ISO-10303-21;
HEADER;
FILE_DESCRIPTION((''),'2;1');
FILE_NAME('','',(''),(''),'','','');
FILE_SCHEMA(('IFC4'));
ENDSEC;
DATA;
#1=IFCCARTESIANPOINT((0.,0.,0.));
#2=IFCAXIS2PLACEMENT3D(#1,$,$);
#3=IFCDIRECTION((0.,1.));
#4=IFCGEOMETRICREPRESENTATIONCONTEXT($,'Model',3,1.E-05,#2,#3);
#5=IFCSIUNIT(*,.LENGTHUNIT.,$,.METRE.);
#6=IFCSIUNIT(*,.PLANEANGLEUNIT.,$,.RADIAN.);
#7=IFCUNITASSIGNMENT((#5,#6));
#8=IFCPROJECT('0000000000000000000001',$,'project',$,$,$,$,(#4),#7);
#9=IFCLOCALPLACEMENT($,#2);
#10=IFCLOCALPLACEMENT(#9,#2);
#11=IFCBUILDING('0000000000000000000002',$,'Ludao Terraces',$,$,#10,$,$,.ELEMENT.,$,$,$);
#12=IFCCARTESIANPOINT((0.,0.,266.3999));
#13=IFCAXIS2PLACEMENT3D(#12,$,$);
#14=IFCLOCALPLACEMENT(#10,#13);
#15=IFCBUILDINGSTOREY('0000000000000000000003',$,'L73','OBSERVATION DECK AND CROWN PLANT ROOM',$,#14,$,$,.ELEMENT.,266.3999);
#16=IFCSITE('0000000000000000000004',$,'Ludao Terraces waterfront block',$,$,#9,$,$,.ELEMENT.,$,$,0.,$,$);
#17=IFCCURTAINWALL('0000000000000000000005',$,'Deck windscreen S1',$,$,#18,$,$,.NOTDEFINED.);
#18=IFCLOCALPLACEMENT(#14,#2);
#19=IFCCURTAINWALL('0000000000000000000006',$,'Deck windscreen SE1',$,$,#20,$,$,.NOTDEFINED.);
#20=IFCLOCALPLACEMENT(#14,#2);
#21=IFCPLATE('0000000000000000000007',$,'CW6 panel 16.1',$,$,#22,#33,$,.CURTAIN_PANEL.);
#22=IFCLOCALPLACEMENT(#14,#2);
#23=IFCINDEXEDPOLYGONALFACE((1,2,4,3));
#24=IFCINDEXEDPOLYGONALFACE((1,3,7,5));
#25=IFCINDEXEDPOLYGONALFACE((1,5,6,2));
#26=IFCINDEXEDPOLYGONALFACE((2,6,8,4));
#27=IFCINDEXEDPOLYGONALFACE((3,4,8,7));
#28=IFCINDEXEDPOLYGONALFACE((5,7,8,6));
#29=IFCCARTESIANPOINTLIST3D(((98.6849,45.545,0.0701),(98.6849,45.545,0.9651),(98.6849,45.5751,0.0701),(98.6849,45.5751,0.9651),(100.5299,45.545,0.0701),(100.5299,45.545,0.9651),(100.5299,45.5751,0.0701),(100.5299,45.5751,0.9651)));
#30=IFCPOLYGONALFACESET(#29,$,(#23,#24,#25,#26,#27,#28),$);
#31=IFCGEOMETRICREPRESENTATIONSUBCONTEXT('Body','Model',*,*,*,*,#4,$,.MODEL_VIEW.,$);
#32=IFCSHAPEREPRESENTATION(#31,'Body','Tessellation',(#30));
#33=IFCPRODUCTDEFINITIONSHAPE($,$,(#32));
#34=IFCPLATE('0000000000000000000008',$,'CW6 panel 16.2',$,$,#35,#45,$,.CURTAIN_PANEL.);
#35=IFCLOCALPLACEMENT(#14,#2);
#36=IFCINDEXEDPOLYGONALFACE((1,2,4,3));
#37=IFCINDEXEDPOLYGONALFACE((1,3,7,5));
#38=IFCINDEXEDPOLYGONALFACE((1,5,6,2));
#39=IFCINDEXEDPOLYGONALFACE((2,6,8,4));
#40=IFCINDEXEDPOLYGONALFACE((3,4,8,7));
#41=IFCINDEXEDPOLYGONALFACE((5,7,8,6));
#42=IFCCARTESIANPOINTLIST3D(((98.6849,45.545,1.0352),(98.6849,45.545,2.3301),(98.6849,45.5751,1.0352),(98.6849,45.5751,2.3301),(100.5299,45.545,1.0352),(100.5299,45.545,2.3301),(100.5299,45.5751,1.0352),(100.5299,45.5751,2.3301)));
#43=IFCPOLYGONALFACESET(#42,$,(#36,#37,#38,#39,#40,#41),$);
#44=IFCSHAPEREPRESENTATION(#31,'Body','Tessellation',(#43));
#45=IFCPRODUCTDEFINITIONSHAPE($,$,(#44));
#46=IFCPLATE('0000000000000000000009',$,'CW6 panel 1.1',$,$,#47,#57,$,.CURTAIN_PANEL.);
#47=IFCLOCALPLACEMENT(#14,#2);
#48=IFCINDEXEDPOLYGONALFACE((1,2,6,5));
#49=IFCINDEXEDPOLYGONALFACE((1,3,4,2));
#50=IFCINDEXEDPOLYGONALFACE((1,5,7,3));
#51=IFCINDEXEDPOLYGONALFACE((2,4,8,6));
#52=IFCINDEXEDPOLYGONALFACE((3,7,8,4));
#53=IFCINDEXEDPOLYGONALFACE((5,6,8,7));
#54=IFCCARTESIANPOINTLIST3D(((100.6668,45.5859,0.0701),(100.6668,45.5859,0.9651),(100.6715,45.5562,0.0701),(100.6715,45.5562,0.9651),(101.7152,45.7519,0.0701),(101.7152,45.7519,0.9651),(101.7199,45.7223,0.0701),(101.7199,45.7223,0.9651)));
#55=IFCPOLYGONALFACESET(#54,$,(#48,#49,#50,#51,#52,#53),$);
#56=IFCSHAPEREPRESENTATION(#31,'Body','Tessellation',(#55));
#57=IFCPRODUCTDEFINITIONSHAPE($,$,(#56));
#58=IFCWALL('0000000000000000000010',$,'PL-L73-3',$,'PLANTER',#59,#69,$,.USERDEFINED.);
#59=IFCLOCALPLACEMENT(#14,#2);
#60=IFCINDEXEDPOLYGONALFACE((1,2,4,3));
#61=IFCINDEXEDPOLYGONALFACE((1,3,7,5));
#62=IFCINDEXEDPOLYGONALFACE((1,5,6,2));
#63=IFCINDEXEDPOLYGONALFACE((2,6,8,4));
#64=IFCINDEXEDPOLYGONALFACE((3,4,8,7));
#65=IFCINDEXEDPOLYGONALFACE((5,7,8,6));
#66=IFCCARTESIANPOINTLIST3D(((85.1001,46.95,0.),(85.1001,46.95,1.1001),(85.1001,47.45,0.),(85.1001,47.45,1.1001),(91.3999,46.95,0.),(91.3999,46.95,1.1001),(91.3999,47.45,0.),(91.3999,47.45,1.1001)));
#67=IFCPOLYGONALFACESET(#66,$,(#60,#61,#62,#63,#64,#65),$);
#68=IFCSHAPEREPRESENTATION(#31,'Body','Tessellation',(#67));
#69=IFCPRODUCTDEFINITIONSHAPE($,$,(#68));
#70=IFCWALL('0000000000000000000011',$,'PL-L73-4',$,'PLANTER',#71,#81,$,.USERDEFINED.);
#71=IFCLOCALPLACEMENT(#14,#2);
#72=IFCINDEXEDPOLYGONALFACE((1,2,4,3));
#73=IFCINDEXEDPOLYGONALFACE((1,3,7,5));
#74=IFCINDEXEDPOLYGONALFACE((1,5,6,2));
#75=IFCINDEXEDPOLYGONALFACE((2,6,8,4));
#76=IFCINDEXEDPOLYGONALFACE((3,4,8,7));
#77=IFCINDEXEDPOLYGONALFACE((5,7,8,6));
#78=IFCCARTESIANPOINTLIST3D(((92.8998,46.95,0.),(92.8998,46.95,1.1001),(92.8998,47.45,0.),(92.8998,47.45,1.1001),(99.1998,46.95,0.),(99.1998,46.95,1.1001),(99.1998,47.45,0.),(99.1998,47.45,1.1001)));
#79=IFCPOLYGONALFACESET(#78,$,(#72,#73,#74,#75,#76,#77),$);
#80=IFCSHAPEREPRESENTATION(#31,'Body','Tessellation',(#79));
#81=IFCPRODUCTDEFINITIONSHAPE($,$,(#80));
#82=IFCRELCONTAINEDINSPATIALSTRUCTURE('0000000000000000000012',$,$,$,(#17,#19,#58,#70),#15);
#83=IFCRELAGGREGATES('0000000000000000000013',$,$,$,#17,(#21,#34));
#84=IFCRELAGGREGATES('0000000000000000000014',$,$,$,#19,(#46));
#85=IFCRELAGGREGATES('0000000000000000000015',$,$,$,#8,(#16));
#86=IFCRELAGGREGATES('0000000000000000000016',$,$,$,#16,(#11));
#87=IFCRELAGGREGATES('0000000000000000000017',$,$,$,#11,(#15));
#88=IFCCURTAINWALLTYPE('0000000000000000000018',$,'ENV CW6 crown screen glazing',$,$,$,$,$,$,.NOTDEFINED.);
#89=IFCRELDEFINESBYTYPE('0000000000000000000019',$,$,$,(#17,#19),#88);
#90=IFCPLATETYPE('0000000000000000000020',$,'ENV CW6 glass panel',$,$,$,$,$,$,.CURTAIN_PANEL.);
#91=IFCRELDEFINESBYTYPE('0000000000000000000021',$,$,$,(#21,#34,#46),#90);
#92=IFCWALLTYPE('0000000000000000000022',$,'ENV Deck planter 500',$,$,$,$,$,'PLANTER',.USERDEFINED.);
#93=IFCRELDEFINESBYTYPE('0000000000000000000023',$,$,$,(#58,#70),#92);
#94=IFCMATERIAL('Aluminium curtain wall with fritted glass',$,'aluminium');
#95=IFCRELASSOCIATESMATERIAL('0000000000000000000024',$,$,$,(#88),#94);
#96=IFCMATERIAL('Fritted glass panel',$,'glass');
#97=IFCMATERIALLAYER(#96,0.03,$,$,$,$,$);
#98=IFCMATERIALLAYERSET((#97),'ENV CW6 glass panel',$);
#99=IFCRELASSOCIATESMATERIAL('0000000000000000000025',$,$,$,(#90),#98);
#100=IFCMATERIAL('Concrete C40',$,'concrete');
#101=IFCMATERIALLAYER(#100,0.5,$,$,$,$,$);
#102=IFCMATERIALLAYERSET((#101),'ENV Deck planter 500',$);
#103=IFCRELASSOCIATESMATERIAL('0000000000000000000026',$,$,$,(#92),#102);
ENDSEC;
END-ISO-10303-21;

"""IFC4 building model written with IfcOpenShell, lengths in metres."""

from ifc_helpers import new_model, si_unit, direction, frame, frame_2d, origin, origin_2d, place, context, subcontext, project, spatial, rectangle, extrude, material, layer, layer_set, type_object, element, aggregate, save


model = new_model("IFC4")

# Units and contexts
model_context = context("Model", 3, precision=1e-05, world=origin(), true_north=direction((0.0, 1.0)))
body_context = subcontext(model_context, "Body", "Model", "MODEL_VIEW")
ifc_project = project(units=[si_unit("LENGTHUNIT", "METRE"), si_unit("PLANEANGLEUNIT", "RADIAN")], contexts=[model_context])

# Site, building, storey
site_placement = place(None, origin())
site = spatial("IfcSite", under=ifc_project, at=site_placement, Name="Ludao Terraces waterfront block", CompositionType="ELEMENT", RefElevation=0.0)
building_placement = place(site_placement, origin())
building = spatial("IfcBuilding", under=site, at=building_placement, Name="Ludao Terraces", CompositionType="ELEMENT")
storey_placement = place(building_placement, frame((0.0, 0.0, 266.3999)))
storey = spatial("IfcBuildingStorey", under=building, at=storey_placement, Name="L73", Description="OBSERVATION DECK AND CROWN PLANT ROOM", CompositionType="ELEMENT", Elevation=266.3999)

# Curtain wall
ifc_material_1 = material(Name="Aluminium curtain wall with fritted glass", Category="aluminium")
curtain_wall_type = type_object("IfcCurtainWallType", Name="ENV CW6 crown screen glazing", PredefinedType="NOTDEFINED", material=ifc_material_1)
curtain_wall_1_placement = place(storey_placement, origin())
curtain_wall_1 = element("IfcCurtainWall", 1, at=curtain_wall_1_placement, inside=storey, type_object=curtain_wall_type, Name="Deck windscreen S1", PredefinedType="NOTDEFINED")

# Curtain wall
curtain_wall_2_placement = place(storey_placement, origin())
curtain_wall_2 = element("IfcCurtainWall", 2, at=curtain_wall_2_placement, inside=storey, type_object=curtain_wall_type, Name="Deck windscreen SE1", PredefinedType="NOTDEFINED")

# Plates
ifc_material_2 = material(Name="Fritted glass panel", Category="glass")
ifc_layer_1 = layer(ifc_material_2, 0.03)
ifc_layer_set_1 = layer_set([ifc_layer_1], Name="ENV CW6 glass panel")
plate_type = type_object("IfcPlateType", Name="ENV CW6 glass panel", PredefinedType="CURTAIN_PANEL", material=ifc_layer_set_1)
plate_1_placement = place(storey_placement, frame((99.6074, 45.5601, 0.0701), z_axis=(0.0, 0.0, 1.0), x_axis=(1.0, 0.0, 0.0)))
plate_1 = element("IfcPlate", 3, at=plate_1_placement, type_object=plate_type, Name="CW6 panel 16.1", PredefinedType="CURTAIN_PANEL", context=body_context, shape_type="SweptSolid", body=[
    extrude(rectangle(XDim=1.845, YDim=0.03, at=origin_2d()), origin(), (0.0, 0.0, 1.0), 0.895),
])
plate_2_placement = place(storey_placement, frame((99.6074, 45.5601, 1.0352), z_axis=(0.0, 0.0, 1.0), x_axis=(1.0, 0.0, 0.0)))
plate_2 = element("IfcPlate", 4, at=plate_2_placement, type_object=plate_type, Name="CW6 panel 16.2", PredefinedType="CURTAIN_PANEL", context=body_context, shape_type="SweptSolid", body=[
    extrude(rectangle(XDim=1.845, YDim=0.03, at=origin_2d()), origin(), (0.0, 0.0, 1.0), 1.2949),
])
aggregate(curtain_wall_1, [plate_1, plate_2])
plate_3_placement = place(storey_placement, frame((101.1934, 45.6541, 0.0701), z_axis=(0.0, 0.0, 1.0), x_axis=(0.987688, 0.156435, 0.0)))
plate_3 = element("IfcPlate", 5, at=plate_3_placement, type_object=plate_type, Name="CW6 panel 1.1", PredefinedType="CURTAIN_PANEL", context=body_context, shape_type="SweptSolid", body=[
    extrude(rectangle(XDim=1.0615, YDim=0.03, at=origin_2d()), origin(), (0.0, 0.0, 1.0), 0.895),
])
aggregate(curtain_wall_2, [plate_3])

# Walls
ifc_material_3 = material(Name="Concrete C40", Category="concrete")
ifc_layer_2 = layer(ifc_material_3, 0.5)
ifc_layer_set_2 = layer_set([ifc_layer_2], Name="ENV Deck planter 500")
wall_type = type_object("IfcWallType", Name="ENV Deck planter 500", ElementType="PLANTER", PredefinedType="USERDEFINED", material=ifc_layer_set_2)
wall_1_placement = place(storey_placement, frame((85.1001, 47.2, 0.0), z_axis=(0.0, 0.0, 1.0), x_axis=(1.0, 0.0, 0.0)))
element("IfcWall", 6, at=wall_1_placement, inside=storey, type_object=wall_type, Name="PL-L73-3", ObjectType="PLANTER", PredefinedType="USERDEFINED", context=body_context, shape_type="SweptSolid", body=[
    extrude(rectangle(XDim=6.2998, YDim=0.5, at=frame_2d((3.1499, 0.0))), origin(), (0.0, 0.0, 1.0), 1.1001),
])
wall_2_placement = place(storey_placement, frame((92.8999, 47.2, 0.0), z_axis=(0.0, 0.0, 1.0), x_axis=(1.0, 0.0, 0.0)))
element("IfcWall", 7, at=wall_2_placement, inside=storey, type_object=wall_type, Name="PL-L73-4", ObjectType="PLANTER", PredefinedType="USERDEFINED", context=body_context, shape_type="SweptSolid", body=[
    extrude(rectangle(XDim=6.3, YDim=0.5, at=frame_2d((3.1499, 0.0))), origin(), (0.0, 0.0, 1.0), 1.1001),
])

save(model, "model.ifc")
